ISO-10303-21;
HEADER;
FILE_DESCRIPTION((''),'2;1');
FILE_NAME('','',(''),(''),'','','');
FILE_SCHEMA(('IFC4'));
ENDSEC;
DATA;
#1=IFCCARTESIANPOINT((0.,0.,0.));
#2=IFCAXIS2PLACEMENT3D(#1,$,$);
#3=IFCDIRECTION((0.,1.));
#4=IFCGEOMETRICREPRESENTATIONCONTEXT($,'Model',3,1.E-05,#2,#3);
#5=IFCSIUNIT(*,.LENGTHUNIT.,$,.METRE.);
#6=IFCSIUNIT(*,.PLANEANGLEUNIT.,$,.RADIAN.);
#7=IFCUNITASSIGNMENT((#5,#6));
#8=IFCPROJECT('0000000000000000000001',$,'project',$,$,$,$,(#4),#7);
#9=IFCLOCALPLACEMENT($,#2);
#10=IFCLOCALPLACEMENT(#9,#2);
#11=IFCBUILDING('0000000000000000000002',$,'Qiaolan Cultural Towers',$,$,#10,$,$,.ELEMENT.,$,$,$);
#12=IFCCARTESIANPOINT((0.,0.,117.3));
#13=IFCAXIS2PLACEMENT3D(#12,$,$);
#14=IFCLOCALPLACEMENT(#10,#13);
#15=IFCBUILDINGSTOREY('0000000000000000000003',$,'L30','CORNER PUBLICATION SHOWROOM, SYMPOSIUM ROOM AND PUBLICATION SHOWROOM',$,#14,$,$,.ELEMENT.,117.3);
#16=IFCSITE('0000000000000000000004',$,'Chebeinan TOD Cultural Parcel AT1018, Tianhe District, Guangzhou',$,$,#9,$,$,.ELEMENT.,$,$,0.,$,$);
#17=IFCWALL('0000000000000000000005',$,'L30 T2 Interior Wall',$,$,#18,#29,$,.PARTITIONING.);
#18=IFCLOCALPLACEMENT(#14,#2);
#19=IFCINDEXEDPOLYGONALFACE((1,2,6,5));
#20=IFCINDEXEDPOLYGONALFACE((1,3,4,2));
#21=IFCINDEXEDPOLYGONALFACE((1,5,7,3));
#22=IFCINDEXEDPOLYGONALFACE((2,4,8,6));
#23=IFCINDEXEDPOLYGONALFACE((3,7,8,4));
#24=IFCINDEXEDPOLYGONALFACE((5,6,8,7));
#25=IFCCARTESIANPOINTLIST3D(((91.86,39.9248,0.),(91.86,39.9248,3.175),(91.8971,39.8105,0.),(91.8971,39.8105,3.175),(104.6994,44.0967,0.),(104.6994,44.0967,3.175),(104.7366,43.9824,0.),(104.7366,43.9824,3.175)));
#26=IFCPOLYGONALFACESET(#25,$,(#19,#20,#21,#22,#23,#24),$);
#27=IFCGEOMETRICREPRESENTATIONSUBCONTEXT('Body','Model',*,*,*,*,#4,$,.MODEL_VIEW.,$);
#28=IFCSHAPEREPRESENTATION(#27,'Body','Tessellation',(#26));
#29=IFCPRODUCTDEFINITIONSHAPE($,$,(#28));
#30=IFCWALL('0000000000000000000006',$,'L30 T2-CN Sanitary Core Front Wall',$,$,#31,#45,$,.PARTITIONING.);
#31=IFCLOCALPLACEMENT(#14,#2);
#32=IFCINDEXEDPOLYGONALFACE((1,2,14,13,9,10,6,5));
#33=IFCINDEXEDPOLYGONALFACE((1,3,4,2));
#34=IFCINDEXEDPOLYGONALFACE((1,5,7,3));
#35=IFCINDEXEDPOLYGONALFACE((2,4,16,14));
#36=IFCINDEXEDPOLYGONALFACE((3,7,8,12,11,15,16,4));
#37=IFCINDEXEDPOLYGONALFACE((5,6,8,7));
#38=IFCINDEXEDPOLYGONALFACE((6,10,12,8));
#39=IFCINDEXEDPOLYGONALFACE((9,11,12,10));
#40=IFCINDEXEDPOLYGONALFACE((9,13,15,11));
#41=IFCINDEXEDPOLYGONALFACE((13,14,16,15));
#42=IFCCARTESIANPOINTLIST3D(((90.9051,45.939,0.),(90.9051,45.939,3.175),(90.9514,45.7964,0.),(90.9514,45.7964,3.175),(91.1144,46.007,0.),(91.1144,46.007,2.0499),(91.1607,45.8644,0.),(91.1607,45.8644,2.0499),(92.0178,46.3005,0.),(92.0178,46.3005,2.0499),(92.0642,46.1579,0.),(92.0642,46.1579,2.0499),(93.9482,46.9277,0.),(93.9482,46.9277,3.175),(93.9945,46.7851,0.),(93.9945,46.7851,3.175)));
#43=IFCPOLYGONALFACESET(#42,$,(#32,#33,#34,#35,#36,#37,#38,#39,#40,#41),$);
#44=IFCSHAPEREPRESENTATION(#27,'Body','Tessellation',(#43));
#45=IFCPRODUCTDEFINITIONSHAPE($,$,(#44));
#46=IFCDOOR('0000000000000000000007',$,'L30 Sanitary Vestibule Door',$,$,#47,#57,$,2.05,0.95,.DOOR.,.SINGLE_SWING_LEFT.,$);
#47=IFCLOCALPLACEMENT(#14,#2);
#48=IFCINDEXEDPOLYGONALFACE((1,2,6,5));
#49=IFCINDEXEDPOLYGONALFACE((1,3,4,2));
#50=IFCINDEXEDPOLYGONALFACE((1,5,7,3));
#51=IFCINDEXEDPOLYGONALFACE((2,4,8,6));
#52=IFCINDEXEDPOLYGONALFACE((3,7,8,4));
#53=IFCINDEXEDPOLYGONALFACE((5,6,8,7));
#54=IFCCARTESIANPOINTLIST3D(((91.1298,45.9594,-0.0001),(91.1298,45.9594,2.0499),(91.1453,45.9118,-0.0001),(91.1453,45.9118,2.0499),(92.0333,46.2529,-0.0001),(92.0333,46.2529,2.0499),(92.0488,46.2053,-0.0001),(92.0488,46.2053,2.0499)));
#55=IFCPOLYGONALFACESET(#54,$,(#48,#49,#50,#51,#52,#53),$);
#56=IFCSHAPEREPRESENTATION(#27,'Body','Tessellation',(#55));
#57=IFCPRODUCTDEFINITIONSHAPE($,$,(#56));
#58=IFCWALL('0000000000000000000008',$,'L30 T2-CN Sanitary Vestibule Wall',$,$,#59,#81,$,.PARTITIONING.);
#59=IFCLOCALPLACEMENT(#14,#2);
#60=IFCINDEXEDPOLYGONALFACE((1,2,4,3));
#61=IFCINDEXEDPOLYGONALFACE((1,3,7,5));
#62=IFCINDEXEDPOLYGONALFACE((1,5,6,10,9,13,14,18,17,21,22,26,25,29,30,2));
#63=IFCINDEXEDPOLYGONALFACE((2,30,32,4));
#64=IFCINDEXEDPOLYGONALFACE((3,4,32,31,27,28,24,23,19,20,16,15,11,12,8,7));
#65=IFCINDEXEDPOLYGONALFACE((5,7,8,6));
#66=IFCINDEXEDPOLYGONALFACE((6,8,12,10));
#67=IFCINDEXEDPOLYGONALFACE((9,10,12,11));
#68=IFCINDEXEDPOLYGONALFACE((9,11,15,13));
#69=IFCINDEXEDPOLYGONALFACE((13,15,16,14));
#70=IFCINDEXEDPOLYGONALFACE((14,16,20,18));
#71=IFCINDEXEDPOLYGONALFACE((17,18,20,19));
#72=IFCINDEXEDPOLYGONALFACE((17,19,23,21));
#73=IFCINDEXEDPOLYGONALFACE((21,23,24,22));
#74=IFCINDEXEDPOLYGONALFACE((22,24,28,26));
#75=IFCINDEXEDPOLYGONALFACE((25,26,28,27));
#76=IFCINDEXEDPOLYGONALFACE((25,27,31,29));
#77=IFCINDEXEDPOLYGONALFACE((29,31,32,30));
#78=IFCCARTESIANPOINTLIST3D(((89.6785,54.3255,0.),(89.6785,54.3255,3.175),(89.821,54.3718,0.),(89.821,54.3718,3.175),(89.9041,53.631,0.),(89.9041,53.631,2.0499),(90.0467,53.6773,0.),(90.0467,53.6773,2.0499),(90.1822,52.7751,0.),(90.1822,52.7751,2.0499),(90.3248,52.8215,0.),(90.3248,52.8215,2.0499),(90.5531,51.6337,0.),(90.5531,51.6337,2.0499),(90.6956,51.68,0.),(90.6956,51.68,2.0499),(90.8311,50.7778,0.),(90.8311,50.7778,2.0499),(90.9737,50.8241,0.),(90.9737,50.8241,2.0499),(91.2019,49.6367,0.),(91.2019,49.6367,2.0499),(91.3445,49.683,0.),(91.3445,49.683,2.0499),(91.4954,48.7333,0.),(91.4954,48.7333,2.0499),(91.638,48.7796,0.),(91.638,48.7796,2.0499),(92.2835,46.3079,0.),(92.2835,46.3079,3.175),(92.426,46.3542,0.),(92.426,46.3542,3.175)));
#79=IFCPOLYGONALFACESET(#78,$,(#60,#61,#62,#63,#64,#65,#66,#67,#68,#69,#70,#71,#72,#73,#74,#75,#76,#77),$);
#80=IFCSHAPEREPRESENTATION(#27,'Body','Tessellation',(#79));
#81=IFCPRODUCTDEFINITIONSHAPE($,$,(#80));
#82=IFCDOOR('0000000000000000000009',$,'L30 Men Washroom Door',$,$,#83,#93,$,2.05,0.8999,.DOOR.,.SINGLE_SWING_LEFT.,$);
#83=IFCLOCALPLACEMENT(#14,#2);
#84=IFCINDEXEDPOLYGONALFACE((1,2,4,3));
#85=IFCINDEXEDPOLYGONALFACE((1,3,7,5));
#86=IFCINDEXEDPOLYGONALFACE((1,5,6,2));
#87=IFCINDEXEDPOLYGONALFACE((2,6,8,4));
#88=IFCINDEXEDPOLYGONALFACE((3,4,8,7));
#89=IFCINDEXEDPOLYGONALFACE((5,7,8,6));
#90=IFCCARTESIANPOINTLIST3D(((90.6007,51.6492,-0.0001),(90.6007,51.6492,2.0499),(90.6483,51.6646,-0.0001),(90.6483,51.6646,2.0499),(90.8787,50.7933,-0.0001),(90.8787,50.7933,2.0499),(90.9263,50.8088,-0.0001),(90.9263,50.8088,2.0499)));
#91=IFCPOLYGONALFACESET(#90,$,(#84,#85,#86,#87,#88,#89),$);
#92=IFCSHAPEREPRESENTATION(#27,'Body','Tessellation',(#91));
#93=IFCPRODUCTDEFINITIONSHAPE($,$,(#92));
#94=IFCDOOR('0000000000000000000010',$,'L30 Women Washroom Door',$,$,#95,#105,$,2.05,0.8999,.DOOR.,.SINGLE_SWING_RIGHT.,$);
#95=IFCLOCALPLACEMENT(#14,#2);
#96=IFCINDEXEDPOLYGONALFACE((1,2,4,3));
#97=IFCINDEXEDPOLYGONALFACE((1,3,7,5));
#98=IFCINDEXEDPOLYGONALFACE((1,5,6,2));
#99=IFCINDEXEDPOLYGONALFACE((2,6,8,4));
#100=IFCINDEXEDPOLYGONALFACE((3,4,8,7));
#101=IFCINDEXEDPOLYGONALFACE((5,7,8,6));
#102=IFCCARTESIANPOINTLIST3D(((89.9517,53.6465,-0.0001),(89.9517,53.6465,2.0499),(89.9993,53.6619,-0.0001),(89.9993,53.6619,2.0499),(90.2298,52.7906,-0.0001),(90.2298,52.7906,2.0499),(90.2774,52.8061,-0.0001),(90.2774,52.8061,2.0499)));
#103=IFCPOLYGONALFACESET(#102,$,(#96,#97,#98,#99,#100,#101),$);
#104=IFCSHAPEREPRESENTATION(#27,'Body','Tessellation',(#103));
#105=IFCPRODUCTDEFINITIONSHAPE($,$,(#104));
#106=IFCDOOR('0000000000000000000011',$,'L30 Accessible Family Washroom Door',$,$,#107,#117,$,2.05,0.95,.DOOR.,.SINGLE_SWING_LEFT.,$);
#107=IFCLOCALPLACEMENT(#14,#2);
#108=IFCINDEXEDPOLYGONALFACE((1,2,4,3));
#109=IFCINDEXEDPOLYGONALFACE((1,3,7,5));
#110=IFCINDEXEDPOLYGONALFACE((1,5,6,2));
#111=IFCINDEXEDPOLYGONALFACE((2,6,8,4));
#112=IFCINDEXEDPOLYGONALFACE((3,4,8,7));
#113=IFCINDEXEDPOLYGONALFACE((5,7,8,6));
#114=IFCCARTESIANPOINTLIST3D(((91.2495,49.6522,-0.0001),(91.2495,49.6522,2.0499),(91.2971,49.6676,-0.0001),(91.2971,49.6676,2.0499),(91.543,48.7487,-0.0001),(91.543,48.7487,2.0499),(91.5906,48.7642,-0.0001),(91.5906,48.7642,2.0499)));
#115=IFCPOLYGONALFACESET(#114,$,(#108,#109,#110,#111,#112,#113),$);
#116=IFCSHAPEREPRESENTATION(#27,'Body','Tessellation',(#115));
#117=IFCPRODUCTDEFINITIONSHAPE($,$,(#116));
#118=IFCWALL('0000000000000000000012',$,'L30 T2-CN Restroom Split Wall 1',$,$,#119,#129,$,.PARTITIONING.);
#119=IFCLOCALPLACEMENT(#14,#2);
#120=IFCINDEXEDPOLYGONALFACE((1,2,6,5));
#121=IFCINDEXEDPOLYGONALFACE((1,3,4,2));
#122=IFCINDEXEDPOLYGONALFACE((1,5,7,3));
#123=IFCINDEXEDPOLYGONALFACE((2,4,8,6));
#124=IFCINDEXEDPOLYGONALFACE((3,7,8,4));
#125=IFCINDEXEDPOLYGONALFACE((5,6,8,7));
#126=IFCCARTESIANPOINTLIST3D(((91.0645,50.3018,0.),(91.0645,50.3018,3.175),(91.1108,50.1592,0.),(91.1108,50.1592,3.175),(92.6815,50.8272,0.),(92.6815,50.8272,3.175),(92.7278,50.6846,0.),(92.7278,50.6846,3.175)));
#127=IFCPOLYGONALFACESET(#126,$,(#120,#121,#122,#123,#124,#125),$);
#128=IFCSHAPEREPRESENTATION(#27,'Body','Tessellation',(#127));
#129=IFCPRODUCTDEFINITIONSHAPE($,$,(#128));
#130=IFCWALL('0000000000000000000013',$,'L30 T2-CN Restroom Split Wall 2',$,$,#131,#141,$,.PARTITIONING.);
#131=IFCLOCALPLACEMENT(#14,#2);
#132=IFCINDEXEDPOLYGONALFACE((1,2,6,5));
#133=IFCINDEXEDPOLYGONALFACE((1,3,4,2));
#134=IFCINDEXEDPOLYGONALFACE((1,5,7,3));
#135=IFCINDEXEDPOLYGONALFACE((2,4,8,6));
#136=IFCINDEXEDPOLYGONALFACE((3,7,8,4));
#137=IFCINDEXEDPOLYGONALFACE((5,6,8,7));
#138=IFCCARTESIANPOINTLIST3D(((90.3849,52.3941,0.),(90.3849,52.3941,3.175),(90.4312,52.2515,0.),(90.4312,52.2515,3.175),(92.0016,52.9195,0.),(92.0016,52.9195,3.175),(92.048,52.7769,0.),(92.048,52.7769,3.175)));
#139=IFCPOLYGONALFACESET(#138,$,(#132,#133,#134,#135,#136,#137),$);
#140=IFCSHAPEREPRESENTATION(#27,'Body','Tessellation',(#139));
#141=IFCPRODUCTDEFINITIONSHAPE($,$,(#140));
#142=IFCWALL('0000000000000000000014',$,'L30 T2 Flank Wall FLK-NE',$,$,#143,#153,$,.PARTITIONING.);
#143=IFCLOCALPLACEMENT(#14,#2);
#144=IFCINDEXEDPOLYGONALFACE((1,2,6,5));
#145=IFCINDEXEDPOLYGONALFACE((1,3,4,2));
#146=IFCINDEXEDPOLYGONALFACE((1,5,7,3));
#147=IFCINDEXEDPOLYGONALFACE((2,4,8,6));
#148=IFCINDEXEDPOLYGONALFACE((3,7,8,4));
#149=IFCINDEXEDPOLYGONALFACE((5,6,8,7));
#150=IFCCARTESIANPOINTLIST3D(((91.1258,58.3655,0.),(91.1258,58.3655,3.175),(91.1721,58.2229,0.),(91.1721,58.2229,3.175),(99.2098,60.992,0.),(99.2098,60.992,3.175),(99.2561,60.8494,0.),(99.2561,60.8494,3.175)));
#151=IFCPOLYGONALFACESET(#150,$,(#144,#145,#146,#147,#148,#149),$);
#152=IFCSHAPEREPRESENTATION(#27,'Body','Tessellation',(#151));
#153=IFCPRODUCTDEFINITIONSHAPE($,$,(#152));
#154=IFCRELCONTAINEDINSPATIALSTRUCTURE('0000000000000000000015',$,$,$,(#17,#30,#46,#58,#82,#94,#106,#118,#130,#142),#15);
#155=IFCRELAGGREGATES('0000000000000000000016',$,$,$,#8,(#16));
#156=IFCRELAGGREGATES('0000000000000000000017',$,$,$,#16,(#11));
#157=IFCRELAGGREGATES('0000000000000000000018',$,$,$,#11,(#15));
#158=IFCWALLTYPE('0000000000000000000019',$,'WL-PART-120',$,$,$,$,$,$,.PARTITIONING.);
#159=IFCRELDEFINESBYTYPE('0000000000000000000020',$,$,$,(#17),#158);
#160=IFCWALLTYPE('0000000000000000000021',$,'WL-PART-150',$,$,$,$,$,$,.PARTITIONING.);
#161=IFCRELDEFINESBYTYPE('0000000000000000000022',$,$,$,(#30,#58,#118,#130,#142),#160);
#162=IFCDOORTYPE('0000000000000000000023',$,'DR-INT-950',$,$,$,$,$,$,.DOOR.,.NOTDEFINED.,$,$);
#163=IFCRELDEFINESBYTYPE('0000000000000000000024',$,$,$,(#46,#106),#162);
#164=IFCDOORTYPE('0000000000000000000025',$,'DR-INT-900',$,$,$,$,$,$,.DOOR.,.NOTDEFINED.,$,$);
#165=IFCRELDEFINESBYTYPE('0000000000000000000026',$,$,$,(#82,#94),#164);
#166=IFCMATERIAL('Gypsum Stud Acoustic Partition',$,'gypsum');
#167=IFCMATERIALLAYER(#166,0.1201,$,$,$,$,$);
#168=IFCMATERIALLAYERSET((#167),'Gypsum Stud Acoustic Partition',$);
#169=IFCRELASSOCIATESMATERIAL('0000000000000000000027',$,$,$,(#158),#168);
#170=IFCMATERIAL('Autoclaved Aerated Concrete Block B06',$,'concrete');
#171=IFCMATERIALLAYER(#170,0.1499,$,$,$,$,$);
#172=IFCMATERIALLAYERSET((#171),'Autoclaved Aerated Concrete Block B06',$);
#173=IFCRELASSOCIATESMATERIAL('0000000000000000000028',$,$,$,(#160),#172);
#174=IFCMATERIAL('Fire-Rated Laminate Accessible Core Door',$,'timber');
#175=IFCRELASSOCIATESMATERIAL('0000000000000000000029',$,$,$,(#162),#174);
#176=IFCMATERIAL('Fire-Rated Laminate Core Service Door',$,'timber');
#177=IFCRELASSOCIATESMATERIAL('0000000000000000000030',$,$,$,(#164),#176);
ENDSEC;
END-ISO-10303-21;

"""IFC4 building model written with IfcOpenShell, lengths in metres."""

from ifc_helpers import new_model, si_unit, direction, frame, frame_2d, origin, place, context, subcontext, project, spatial, rectangle, extrude, material, layer, layer_set, type_object, element, fill, save


model = new_model("IFC4")

# Units and contexts
model_context = context("Model", 3, precision=1e-05, world=origin(), true_north=direction((0.0, 1.0)))
body_context = subcontext(model_context, "Body", "Model", "MODEL_VIEW")
ifc_project = project(units=[si_unit("LENGTHUNIT", "METRE"), si_unit("PLANEANGLEUNIT", "RADIAN")], contexts=[model_context])

# Site, building, storey
site_placement = place(None, origin())
site = spatial("IfcSite", under=ifc_project, at=site_placement, Name="Chebeinan TOD Cultural Parcel AT1018, Tianhe District, Guangzhou", CompositionType="ELEMENT", RefElevation=0.0)
building_placement = place(site_placement, origin())
building = spatial("IfcBuilding", under=site, at=building_placement, Name="Qiaolan Cultural Towers", CompositionType="ELEMENT")
storey_placement = place(building_placement, frame((0.0, 0.0, 117.3)))
storey = spatial("IfcBuildingStorey", under=building, at=storey_placement, Name="L30", Description="CORNER PUBLICATION SHOWROOM, SYMPOSIUM ROOM AND PUBLICATION SHOWROOM", CompositionType="ELEMENT", Elevation=117.3)

# Wall
ifc_material_1 = material(Name="Gypsum Stud Acoustic Partition", Category="gypsum")
ifc_layer_1 = layer(ifc_material_1, 0.1201)
ifc_layer_set_1 = layer_set([ifc_layer_1], Name="Gypsum Stud Acoustic Partition")
wall_type_1 = type_object("IfcWallType", Name="WL-PART-120", PredefinedType="PARTITIONING", material=ifc_layer_set_1)
for number, where, z_axis, x_axis, name in (
    (1, (91.8787, 39.8677, 0.0), (0.0, 0.0, 1.0), (0.951054, 0.309025, 0.0), "L30 T2 Interior Wall"),
):
    element("IfcWall", number, at=place(storey_placement, frame(where, z_axis=z_axis, x_axis=x_axis)), inside=storey, type_object=wall_type_1, Name=name, PredefinedType="PARTITIONING", context=body_context, shape_type="SweptSolid", body=[
        extrude(rectangle(XDim=13.5002, YDim=0.1201, at=frame_2d((6.75, 0.0))), origin(), (0.0, 0.0, 1.0), 3.175),
    ])

# Wall, opening, door
ifc_material_2 = material(Name="Autoclaved Aerated Concrete Block B06", Category="concrete")
ifc_layer_2 = layer(ifc_material_2, 0.1499)
ifc_layer_set_2 = layer_set([ifc_layer_2], Name="Autoclaved Aerated Concrete Block B06")
wall_type_2 = type_object("IfcWallType", Name="WL-PART-150", PredefinedType="PARTITIONING", material=ifc_layer_set_2)
wall_1_placement = place(storey_placement, frame((90.9282, 45.8677, 0.0), z_axis=(0.0, 0.0, 1.0), x_axis=(0.951059, 0.309008, 0.0)))
wall_1 = element("IfcWall", 2, at=wall_1_placement, inside=storey, type_object=wall_type_2, Name="L30 T2-CN Sanitary Core Front Wall", PredefinedType="PARTITIONING", context=body_context, shape_type="SweptSolid", body=[
    extrude(rectangle(XDim=3.1997, YDim=0.1499, at=frame_2d((1.5999, 0.0))), origin(), (0.0, 0.0, 1.0), 3.175),
])
opening_1_placement = place(wall_1_placement, frame((0.22, 0.0, 0.0)))
opening_1 = element("IfcOpeningElement", 3, at=opening_1_placement, cuts=wall_1, PredefinedType="OPENING", context=body_context, shape_type="SweptSolid", body=[
    extrude(rectangle(XDim=0.95, YDim=2.05, at=frame_2d((0.4751, 1.0249))), frame((0.0, 0.085, 0.0), z_axis=(0.0, -1.0, 0.0), x_axis=(1.0, 0.0, 0.0)), (0.0, 0.0, 1.0), 0.1699),
])
ifc_material_3 = material(Name="Fire-Rated Laminate Accessible Core Door", Category="timber")
door_type_1 = type_object("IfcDoorType", Name="DR-INT-950", OperationType="NOTDEFINED", PredefinedType="DOOR", material=ifc_material_3)
door_1_placement = place(opening_1_placement, origin())
door_1 = element("IfcDoor", 4, at=door_1_placement, inside=storey, type_object=door_type_1, Name="L30 Sanitary Vestibule Door", OperationType="SINGLE_SWING_LEFT", OverallHeight=2.05, OverallWidth=0.95, PredefinedType="DOOR", context=body_context, shape_type="SweptSolid", body=[
    extrude(rectangle(XDim=0.95, YDim=2.05, at=frame_2d((0.4751, 1.0249))), frame((0.0, 0.0249, 0.0), z_axis=(0.0, -1.0, 0.0), x_axis=(1.0, 0.0, 0.0)), (0.0, 0.0, 1.0), 0.05),
])
fill(opening_1, door_1)

# Wall, openings, doors
wall_2_placement = place(storey_placement, frame((92.3547, 46.3311, 0.0), z_axis=(0.0, 0.0, 1.0), x_axis=(-0.309007, 0.95106, 0.0)))
wall_2 = element("IfcWall", 5, at=wall_2_placement, inside=storey, type_object=wall_type_2, Name="L30 T2-CN Sanitary Vestibule Wall", PredefinedType="PARTITIONING", context=body_context, shape_type="SweptSolid", body=[
    extrude(rectangle(XDim=8.4302, YDim=0.1499, at=frame_2d((4.2151, 0.0))), origin(), (0.0, 0.0, 1.0), 3.175),
])
opening_2_placement = place(wall_2_placement, frame((2.55, 0.0, 0.0)))
opening_2 = element("IfcOpeningElement", 6, at=opening_2_placement, cuts=wall_2, PredefinedType="OPENING", context=body_context, shape_type="SweptSolid", body=[
    extrude(rectangle(XDim=0.95, YDim=2.05, at=frame_2d((0.4751, 1.0249))), frame((0.0, 0.085, 0.0), z_axis=(0.0, -1.0, 0.0), x_axis=(1.0, 0.0, 0.0)), (0.0, 0.0, 1.0), 0.1699),
])
opening_3_placement = place(wall_2_placement, frame((4.7, 0.0, 0.0)))
opening_3 = element("IfcOpeningElement", 7, at=opening_3_placement, cuts=wall_2, PredefinedType="OPENING", context=body_context, shape_type="SweptSolid", body=[
    extrude(rectangle(XDim=0.8999, YDim=2.05, at=frame_2d((0.45, 1.0249))), frame((0.0, 0.085, 0.0), z_axis=(0.0, -1.0, 0.0), x_axis=(1.0, 0.0, 0.0)), (0.0, 0.0, 1.0), 0.1699),
])
opening_4_placement = place(wall_2_placement, frame((6.8, 0.0, 0.0)))
opening_4 = element("IfcOpeningElement", 8, at=opening_4_placement, cuts=wall_2, PredefinedType="OPENING", context=body_context, shape_type="SweptSolid", body=[
    extrude(rectangle(XDim=0.8999, YDim=2.05, at=frame_2d((0.45, 1.0249))), frame((0.0, 0.085, 0.0), z_axis=(0.0, -1.0, 0.0), x_axis=(1.0, 0.0, 0.0)), (0.0, 0.0, 1.0), 0.1699),
])
ifc_material_4 = material(Name="Fire-Rated Laminate Core Service Door", Category="timber")
door_type_2 = type_object("IfcDoorType", Name="DR-INT-900", OperationType="NOTDEFINED", PredefinedType="DOOR", material=ifc_material_4)
door_2_placement = place(opening_3_placement, origin())
door_2 = element("IfcDoor", 9, at=door_2_placement, inside=storey, type_object=door_type_2, Name="L30 Men Washroom Door", OperationType="SINGLE_SWING_LEFT", OverallHeight=2.05, OverallWidth=0.8999, PredefinedType="DOOR", context=body_context, shape_type="SweptSolid", body=[
    extrude(rectangle(XDim=0.8999, YDim=2.05, at=frame_2d((0.45, 1.0249))), frame((0.0, 0.0249, 0.0), z_axis=(0.0, -1.0, 0.0), x_axis=(1.0, 0.0, 0.0)), (0.0, 0.0, 1.0), 0.05),
])
fill(opening_3, door_2)
door_3_placement = place(opening_4_placement, origin())
door_3 = element("IfcDoor", 10, at=door_3_placement, inside=storey, type_object=door_type_2, Name="L30 Women Washroom Door", OperationType="SINGLE_SWING_RIGHT", OverallHeight=2.05, OverallWidth=0.8999, PredefinedType="DOOR", context=body_context, shape_type="SweptSolid", body=[
    extrude(rectangle(XDim=0.8999, YDim=2.05, at=frame_2d((0.45, 1.0249))), frame((0.0, 0.0249, 0.0), z_axis=(0.0, -1.0, 0.0), x_axis=(1.0, 0.0, 0.0)), (0.0, 0.0, 1.0), 0.05),
])
fill(opening_4, door_3)
door_4_placement = place(opening_2_placement, origin())
door_4 = element("IfcDoor", 11, at=door_4_placement, inside=storey, type_object=door_type_1, Name="L30 Accessible Family Washroom Door", OperationType="SINGLE_SWING_LEFT", OverallHeight=2.05, OverallWidth=0.95, PredefinedType="DOOR", context=body_context, shape_type="SweptSolid", body=[
    extrude(rectangle(XDim=0.95, YDim=2.05, at=frame_2d((0.4751, 1.0249))), frame((0.0, 0.0249, 0.0), z_axis=(0.0, -1.0, 0.0), x_axis=(1.0, 0.0, 0.0)), (0.0, 0.0, 1.0), 0.05),
])
fill(opening_2, door_4)

# Walls
wall_3_placement = place(storey_placement, frame((91.0876, 50.2305, 0.0), z_axis=(0.0, 0.0, 1.0), x_axis=(0.951054, 0.309024, 0.0)))
element("IfcWall", 12, at=wall_3_placement, inside=storey, type_object=wall_type_2, Name="L30 T2-CN Restroom Split Wall 1", PredefinedType="PARTITIONING", context=body_context, shape_type="SweptSolid", body=[
    extrude(rectangle(XDim=1.7002, YDim=0.1499, at=frame_2d((0.8501, 0.0))), origin(), (0.0, 0.0, 1.0), 3.175),
])
wall_4_placement = place(storey_placement, frame((90.408, 52.3228, 0.0), z_axis=(0.0, 0.0, 1.0), x_axis=(0.95104, 0.309067, 0.0)))
element("IfcWall", 13, at=wall_4_placement, inside=storey, type_object=wall_type_2, Name="L30 T2-CN Restroom Split Wall 2", PredefinedType="PARTITIONING", context=body_context, shape_type="SweptSolid", body=[
    extrude(rectangle(XDim=1.7, YDim=0.1499, at=frame_2d((0.8501, 0.0))), origin(), (0.0, 0.0, 1.0), 3.175),
])
wall_5_placement = place(storey_placement, frame((91.1489, 58.2942, 0.0), z_axis=(0.0, 0.0, 1.0), x_axis=(0.951063, 0.308998, 0.0)))
element("IfcWall", 14, at=wall_5_placement, inside=storey, type_object=wall_type_2, Name="L30 T2 Flank Wall FLK-NE", PredefinedType="PARTITIONING", context=body_context, shape_type="SweptSolid", body=[
    extrude(rectangle(XDim=8.5, YDim=0.1499, at=frame_2d((4.25, 0.0))), origin(), (0.0, 0.0, 1.0), 3.175),
])

save(model, "model.ifc")
